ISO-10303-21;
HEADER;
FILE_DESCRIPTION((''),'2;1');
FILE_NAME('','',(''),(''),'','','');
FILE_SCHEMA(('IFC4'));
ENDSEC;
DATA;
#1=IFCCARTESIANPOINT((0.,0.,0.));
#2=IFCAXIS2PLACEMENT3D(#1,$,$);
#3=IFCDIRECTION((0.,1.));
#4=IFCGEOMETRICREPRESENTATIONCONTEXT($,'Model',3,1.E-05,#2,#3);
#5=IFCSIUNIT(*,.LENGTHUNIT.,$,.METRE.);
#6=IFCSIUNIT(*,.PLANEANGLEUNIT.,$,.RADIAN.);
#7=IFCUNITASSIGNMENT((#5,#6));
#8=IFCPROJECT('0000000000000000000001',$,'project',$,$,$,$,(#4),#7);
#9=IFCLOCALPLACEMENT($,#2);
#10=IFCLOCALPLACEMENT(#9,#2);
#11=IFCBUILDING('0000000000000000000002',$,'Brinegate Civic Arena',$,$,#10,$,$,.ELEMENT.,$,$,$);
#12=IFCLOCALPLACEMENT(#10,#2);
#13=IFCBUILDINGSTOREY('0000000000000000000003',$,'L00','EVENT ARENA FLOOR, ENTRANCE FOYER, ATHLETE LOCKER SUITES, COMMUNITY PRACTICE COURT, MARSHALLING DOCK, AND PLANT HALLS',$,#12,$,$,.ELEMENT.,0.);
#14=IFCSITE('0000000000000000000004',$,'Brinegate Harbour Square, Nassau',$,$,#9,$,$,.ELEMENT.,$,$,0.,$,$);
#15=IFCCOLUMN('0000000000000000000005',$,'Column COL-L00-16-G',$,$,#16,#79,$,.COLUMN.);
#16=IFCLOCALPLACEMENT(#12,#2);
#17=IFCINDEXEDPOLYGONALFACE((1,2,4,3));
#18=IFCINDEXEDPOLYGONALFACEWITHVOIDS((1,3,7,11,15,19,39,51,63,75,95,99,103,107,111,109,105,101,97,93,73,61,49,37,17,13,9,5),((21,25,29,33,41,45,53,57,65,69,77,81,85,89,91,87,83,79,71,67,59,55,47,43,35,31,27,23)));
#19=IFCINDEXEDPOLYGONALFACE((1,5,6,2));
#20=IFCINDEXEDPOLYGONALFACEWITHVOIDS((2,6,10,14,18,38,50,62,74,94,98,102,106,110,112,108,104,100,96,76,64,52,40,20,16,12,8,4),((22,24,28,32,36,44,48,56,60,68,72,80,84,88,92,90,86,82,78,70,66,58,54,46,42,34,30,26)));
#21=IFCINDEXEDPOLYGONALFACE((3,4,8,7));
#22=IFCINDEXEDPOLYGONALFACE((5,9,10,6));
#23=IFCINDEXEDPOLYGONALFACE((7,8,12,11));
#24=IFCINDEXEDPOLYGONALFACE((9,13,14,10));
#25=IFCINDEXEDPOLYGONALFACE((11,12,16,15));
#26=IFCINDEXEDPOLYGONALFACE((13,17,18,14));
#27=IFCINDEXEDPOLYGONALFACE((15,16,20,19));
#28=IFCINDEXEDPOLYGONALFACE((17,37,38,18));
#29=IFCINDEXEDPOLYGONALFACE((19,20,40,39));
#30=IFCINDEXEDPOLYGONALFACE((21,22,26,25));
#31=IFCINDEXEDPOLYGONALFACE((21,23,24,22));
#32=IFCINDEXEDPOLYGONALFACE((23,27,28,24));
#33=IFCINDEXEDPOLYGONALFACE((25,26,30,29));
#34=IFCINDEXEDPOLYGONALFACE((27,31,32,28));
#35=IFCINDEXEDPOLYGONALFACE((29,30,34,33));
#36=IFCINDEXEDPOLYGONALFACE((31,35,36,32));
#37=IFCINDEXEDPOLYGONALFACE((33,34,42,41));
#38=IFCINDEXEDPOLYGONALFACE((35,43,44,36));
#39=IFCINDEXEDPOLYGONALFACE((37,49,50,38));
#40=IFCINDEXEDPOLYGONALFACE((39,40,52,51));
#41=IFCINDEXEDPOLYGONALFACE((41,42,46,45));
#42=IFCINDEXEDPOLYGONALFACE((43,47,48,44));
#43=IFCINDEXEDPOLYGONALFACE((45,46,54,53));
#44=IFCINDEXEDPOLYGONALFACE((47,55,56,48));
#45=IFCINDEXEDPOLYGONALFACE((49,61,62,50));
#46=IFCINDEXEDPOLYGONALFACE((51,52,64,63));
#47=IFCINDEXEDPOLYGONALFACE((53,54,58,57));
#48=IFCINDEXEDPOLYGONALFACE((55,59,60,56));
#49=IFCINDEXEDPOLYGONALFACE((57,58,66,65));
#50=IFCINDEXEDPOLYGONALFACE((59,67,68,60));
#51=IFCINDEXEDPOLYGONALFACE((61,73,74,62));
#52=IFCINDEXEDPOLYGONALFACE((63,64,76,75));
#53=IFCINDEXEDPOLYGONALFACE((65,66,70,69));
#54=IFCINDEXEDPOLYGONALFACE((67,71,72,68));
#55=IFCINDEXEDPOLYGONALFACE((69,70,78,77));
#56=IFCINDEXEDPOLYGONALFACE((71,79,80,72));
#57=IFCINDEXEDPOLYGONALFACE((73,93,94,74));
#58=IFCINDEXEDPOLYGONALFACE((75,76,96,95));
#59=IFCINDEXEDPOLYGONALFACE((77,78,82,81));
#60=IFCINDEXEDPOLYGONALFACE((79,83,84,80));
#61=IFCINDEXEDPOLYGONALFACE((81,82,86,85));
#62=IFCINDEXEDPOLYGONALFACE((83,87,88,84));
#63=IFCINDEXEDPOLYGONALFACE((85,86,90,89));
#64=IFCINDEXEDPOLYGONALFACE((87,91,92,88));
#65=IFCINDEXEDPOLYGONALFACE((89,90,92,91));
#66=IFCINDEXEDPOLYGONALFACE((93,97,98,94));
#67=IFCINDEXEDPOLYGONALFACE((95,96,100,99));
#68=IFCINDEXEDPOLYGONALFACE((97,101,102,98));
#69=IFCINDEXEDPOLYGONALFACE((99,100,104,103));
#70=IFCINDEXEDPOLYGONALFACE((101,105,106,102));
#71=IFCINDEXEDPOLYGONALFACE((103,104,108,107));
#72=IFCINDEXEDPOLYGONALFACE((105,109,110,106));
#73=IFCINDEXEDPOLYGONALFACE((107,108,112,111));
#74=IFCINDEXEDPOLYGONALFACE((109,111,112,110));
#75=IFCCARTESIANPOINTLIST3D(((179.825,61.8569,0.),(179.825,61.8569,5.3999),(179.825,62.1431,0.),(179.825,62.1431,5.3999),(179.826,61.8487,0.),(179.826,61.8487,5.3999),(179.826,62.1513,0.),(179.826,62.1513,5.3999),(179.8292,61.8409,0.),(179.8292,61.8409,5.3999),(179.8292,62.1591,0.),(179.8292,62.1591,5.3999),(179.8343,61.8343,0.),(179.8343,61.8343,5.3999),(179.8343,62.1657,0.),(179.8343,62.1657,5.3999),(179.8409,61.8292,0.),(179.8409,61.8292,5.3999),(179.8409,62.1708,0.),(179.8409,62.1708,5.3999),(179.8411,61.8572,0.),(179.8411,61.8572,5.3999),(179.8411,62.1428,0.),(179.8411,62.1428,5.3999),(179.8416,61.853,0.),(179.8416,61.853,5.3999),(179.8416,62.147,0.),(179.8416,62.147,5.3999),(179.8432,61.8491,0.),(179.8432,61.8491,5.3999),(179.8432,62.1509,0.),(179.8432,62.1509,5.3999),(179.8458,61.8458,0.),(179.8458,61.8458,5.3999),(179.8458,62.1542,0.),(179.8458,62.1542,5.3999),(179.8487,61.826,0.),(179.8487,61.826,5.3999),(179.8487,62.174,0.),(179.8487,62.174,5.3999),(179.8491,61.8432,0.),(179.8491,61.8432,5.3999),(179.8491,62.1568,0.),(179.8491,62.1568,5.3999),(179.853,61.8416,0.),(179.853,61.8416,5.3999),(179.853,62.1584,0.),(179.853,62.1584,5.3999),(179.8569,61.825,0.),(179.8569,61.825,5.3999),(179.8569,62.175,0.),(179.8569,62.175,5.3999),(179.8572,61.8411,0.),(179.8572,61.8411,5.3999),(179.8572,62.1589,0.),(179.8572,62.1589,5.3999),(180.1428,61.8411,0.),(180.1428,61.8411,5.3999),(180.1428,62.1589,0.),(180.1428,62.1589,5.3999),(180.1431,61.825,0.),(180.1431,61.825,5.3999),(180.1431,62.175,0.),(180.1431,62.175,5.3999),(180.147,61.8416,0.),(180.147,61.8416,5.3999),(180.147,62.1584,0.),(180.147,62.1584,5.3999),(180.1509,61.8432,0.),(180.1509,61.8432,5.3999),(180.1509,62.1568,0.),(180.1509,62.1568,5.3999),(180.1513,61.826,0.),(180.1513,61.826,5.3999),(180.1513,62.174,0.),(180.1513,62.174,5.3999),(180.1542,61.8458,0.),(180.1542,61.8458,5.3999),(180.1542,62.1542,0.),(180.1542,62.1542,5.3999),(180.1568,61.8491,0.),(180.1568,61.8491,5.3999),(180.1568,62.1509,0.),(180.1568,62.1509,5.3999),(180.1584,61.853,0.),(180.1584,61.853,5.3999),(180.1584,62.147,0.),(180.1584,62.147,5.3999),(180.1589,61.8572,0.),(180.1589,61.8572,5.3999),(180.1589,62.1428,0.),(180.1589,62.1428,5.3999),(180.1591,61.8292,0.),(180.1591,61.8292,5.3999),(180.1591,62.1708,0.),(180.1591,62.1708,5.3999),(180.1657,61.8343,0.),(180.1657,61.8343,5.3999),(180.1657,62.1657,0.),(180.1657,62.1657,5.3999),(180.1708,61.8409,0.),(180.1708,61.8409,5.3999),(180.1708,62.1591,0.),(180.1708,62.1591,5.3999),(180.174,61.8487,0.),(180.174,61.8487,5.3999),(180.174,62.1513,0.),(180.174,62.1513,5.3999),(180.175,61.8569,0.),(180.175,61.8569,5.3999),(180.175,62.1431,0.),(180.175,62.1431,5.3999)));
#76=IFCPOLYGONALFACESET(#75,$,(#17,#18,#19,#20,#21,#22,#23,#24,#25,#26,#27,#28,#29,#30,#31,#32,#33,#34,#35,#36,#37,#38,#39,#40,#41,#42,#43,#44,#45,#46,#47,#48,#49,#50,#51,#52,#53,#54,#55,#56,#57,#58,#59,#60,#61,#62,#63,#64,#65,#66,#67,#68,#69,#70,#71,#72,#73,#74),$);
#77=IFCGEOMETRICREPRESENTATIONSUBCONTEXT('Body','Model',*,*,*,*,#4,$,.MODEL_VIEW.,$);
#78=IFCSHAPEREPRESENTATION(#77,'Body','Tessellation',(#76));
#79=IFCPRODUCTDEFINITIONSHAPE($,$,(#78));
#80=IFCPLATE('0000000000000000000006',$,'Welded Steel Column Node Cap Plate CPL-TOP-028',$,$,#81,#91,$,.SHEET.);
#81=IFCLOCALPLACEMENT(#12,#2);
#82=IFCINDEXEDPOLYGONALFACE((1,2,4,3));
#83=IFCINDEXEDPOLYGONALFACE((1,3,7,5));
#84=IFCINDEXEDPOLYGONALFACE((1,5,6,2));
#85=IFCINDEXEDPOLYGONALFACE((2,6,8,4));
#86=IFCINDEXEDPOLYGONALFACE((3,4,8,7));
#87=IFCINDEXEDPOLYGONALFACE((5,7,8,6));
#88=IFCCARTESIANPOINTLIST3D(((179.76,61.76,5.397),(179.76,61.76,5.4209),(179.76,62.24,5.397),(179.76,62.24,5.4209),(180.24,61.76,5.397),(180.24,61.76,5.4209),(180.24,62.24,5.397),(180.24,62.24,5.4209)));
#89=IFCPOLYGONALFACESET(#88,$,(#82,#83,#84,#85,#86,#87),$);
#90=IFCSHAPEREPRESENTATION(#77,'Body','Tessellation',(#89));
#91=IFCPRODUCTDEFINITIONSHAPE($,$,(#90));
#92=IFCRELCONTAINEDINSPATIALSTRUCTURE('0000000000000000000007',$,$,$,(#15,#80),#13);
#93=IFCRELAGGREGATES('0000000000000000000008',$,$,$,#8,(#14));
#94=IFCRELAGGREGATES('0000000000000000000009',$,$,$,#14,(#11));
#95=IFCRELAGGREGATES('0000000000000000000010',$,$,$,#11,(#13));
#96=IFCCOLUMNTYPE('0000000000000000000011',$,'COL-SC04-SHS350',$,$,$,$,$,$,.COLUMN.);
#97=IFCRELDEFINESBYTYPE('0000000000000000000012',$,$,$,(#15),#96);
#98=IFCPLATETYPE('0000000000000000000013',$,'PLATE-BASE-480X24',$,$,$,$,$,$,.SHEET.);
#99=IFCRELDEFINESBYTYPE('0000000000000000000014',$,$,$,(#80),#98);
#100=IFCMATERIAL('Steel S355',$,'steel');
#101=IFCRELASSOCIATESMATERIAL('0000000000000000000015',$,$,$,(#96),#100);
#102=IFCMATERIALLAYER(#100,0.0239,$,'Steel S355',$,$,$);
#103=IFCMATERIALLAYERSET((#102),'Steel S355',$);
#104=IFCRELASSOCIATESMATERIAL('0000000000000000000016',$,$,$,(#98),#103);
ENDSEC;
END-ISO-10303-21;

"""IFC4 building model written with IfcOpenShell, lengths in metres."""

from ifc_helpers import new_model, si_unit, direction, frame, origin, origin_2d, place, context, subcontext, project, spatial, rectangle, hollow_rectangle, extrude, material, layer, layer_set, material_profile, profile_set, type_object, element, save


model = new_model("IFC4")

# Units and contexts
model_context = context("Model", 3, precision=1e-05, world=origin(), true_north=direction((0.0, 1.0)))
body_context = subcontext(model_context, "Body", "Model", "MODEL_VIEW")
ifc_project = project(units=[si_unit("LENGTHUNIT", "METRE"), si_unit("PLANEANGLEUNIT", "RADIAN")], contexts=[model_context])

# Site, building, storey
site_placement = place(None, origin())
site = spatial("IfcSite", under=ifc_project, at=site_placement, Name="Brinegate Harbour Square, Nassau", CompositionType="ELEMENT", RefElevation=0.0)
building_placement = place(site_placement, origin())
building = spatial("IfcBuilding", under=site, at=building_placement, Name="Brinegate Civic Arena", CompositionType="ELEMENT")
storey_placement = place(building_placement, origin())
storey = spatial("IfcBuildingStorey", under=building, at=storey_placement, Name="L00", Description="EVENT ARENA FLOOR, ENTRANCE FOYER, ATHLETE LOCKER SUITES, COMMUNITY PRACTICE COURT, MARSHALLING DOCK, AND PLANT HALLS", CompositionType="ELEMENT", Elevation=0.0)

# Column
ifc_material_1 = material(Name="Steel S355", Category="steel")
ifc_material_profile_1 = material_profile(ifc_material_1, hollow_rectangle(XDim=0.3501, YDim=0.3501, WallThickness=0.0161, InnerFilletRadius=0.0161, OuterFilletRadius=0.032, at=origin_2d()), Name="SHS350X16")
ifc_profile_set_1 = profile_set([ifc_material_profile_1], Name="Steel S355")
column_type_1 = type_object("IfcColumnType", Name="COL-SC04-SHS350", PredefinedType="COLUMN", material=ifc_profile_set_1)
column_1_placement = place(storey_placement, frame((180.0, 62.0, 0.0), z_axis=(0.0, 0.0, 1.0), x_axis=(1.0, 0.0, 0.0)))
element("IfcColumn", 1, at=column_1_placement, inside=storey, type_object=column_type_1, Name="Column COL-L00-16-G", PredefinedType="COLUMN", context=body_context, shape_type="SweptSolid", body=[
    extrude(hollow_rectangle(XDim=0.3501, YDim=0.3501, WallThickness=0.0161, InnerFilletRadius=0.0161, OuterFilletRadius=0.032, at=origin_2d()), origin(), (0.0, 0.0, 1.0), 5.3999),
])

# Plate
ifc_layer_1 = layer(ifc_material_1, 0.0239, Name="Steel S355")
ifc_layer_set_1 = layer_set([ifc_layer_1], Name="Steel S355")
plate_type = type_object("IfcPlateType", Name="PLATE-BASE-480X24", PredefinedType="SHEET", material=ifc_layer_set_1)
plate_placement = place(storey_placement, frame((180.0, 62.0, 5.397), z_axis=(0.0, 0.0, 1.0), x_axis=(1.0, 0.0, 0.0)))
element("IfcPlate", 2, at=plate_placement, inside=storey, type_object=plate_type, Name="Welded Steel Column Node Cap Plate CPL-TOP-028", PredefinedType="SHEET", context=body_context, shape_type="SweptSolid", body=[
    extrude(rectangle(XDim=0.48, YDim=0.48, at=origin_2d()), origin(), (0.0, 0.0, 1.0), 0.0239),
])

save(model, "model.ifc")
